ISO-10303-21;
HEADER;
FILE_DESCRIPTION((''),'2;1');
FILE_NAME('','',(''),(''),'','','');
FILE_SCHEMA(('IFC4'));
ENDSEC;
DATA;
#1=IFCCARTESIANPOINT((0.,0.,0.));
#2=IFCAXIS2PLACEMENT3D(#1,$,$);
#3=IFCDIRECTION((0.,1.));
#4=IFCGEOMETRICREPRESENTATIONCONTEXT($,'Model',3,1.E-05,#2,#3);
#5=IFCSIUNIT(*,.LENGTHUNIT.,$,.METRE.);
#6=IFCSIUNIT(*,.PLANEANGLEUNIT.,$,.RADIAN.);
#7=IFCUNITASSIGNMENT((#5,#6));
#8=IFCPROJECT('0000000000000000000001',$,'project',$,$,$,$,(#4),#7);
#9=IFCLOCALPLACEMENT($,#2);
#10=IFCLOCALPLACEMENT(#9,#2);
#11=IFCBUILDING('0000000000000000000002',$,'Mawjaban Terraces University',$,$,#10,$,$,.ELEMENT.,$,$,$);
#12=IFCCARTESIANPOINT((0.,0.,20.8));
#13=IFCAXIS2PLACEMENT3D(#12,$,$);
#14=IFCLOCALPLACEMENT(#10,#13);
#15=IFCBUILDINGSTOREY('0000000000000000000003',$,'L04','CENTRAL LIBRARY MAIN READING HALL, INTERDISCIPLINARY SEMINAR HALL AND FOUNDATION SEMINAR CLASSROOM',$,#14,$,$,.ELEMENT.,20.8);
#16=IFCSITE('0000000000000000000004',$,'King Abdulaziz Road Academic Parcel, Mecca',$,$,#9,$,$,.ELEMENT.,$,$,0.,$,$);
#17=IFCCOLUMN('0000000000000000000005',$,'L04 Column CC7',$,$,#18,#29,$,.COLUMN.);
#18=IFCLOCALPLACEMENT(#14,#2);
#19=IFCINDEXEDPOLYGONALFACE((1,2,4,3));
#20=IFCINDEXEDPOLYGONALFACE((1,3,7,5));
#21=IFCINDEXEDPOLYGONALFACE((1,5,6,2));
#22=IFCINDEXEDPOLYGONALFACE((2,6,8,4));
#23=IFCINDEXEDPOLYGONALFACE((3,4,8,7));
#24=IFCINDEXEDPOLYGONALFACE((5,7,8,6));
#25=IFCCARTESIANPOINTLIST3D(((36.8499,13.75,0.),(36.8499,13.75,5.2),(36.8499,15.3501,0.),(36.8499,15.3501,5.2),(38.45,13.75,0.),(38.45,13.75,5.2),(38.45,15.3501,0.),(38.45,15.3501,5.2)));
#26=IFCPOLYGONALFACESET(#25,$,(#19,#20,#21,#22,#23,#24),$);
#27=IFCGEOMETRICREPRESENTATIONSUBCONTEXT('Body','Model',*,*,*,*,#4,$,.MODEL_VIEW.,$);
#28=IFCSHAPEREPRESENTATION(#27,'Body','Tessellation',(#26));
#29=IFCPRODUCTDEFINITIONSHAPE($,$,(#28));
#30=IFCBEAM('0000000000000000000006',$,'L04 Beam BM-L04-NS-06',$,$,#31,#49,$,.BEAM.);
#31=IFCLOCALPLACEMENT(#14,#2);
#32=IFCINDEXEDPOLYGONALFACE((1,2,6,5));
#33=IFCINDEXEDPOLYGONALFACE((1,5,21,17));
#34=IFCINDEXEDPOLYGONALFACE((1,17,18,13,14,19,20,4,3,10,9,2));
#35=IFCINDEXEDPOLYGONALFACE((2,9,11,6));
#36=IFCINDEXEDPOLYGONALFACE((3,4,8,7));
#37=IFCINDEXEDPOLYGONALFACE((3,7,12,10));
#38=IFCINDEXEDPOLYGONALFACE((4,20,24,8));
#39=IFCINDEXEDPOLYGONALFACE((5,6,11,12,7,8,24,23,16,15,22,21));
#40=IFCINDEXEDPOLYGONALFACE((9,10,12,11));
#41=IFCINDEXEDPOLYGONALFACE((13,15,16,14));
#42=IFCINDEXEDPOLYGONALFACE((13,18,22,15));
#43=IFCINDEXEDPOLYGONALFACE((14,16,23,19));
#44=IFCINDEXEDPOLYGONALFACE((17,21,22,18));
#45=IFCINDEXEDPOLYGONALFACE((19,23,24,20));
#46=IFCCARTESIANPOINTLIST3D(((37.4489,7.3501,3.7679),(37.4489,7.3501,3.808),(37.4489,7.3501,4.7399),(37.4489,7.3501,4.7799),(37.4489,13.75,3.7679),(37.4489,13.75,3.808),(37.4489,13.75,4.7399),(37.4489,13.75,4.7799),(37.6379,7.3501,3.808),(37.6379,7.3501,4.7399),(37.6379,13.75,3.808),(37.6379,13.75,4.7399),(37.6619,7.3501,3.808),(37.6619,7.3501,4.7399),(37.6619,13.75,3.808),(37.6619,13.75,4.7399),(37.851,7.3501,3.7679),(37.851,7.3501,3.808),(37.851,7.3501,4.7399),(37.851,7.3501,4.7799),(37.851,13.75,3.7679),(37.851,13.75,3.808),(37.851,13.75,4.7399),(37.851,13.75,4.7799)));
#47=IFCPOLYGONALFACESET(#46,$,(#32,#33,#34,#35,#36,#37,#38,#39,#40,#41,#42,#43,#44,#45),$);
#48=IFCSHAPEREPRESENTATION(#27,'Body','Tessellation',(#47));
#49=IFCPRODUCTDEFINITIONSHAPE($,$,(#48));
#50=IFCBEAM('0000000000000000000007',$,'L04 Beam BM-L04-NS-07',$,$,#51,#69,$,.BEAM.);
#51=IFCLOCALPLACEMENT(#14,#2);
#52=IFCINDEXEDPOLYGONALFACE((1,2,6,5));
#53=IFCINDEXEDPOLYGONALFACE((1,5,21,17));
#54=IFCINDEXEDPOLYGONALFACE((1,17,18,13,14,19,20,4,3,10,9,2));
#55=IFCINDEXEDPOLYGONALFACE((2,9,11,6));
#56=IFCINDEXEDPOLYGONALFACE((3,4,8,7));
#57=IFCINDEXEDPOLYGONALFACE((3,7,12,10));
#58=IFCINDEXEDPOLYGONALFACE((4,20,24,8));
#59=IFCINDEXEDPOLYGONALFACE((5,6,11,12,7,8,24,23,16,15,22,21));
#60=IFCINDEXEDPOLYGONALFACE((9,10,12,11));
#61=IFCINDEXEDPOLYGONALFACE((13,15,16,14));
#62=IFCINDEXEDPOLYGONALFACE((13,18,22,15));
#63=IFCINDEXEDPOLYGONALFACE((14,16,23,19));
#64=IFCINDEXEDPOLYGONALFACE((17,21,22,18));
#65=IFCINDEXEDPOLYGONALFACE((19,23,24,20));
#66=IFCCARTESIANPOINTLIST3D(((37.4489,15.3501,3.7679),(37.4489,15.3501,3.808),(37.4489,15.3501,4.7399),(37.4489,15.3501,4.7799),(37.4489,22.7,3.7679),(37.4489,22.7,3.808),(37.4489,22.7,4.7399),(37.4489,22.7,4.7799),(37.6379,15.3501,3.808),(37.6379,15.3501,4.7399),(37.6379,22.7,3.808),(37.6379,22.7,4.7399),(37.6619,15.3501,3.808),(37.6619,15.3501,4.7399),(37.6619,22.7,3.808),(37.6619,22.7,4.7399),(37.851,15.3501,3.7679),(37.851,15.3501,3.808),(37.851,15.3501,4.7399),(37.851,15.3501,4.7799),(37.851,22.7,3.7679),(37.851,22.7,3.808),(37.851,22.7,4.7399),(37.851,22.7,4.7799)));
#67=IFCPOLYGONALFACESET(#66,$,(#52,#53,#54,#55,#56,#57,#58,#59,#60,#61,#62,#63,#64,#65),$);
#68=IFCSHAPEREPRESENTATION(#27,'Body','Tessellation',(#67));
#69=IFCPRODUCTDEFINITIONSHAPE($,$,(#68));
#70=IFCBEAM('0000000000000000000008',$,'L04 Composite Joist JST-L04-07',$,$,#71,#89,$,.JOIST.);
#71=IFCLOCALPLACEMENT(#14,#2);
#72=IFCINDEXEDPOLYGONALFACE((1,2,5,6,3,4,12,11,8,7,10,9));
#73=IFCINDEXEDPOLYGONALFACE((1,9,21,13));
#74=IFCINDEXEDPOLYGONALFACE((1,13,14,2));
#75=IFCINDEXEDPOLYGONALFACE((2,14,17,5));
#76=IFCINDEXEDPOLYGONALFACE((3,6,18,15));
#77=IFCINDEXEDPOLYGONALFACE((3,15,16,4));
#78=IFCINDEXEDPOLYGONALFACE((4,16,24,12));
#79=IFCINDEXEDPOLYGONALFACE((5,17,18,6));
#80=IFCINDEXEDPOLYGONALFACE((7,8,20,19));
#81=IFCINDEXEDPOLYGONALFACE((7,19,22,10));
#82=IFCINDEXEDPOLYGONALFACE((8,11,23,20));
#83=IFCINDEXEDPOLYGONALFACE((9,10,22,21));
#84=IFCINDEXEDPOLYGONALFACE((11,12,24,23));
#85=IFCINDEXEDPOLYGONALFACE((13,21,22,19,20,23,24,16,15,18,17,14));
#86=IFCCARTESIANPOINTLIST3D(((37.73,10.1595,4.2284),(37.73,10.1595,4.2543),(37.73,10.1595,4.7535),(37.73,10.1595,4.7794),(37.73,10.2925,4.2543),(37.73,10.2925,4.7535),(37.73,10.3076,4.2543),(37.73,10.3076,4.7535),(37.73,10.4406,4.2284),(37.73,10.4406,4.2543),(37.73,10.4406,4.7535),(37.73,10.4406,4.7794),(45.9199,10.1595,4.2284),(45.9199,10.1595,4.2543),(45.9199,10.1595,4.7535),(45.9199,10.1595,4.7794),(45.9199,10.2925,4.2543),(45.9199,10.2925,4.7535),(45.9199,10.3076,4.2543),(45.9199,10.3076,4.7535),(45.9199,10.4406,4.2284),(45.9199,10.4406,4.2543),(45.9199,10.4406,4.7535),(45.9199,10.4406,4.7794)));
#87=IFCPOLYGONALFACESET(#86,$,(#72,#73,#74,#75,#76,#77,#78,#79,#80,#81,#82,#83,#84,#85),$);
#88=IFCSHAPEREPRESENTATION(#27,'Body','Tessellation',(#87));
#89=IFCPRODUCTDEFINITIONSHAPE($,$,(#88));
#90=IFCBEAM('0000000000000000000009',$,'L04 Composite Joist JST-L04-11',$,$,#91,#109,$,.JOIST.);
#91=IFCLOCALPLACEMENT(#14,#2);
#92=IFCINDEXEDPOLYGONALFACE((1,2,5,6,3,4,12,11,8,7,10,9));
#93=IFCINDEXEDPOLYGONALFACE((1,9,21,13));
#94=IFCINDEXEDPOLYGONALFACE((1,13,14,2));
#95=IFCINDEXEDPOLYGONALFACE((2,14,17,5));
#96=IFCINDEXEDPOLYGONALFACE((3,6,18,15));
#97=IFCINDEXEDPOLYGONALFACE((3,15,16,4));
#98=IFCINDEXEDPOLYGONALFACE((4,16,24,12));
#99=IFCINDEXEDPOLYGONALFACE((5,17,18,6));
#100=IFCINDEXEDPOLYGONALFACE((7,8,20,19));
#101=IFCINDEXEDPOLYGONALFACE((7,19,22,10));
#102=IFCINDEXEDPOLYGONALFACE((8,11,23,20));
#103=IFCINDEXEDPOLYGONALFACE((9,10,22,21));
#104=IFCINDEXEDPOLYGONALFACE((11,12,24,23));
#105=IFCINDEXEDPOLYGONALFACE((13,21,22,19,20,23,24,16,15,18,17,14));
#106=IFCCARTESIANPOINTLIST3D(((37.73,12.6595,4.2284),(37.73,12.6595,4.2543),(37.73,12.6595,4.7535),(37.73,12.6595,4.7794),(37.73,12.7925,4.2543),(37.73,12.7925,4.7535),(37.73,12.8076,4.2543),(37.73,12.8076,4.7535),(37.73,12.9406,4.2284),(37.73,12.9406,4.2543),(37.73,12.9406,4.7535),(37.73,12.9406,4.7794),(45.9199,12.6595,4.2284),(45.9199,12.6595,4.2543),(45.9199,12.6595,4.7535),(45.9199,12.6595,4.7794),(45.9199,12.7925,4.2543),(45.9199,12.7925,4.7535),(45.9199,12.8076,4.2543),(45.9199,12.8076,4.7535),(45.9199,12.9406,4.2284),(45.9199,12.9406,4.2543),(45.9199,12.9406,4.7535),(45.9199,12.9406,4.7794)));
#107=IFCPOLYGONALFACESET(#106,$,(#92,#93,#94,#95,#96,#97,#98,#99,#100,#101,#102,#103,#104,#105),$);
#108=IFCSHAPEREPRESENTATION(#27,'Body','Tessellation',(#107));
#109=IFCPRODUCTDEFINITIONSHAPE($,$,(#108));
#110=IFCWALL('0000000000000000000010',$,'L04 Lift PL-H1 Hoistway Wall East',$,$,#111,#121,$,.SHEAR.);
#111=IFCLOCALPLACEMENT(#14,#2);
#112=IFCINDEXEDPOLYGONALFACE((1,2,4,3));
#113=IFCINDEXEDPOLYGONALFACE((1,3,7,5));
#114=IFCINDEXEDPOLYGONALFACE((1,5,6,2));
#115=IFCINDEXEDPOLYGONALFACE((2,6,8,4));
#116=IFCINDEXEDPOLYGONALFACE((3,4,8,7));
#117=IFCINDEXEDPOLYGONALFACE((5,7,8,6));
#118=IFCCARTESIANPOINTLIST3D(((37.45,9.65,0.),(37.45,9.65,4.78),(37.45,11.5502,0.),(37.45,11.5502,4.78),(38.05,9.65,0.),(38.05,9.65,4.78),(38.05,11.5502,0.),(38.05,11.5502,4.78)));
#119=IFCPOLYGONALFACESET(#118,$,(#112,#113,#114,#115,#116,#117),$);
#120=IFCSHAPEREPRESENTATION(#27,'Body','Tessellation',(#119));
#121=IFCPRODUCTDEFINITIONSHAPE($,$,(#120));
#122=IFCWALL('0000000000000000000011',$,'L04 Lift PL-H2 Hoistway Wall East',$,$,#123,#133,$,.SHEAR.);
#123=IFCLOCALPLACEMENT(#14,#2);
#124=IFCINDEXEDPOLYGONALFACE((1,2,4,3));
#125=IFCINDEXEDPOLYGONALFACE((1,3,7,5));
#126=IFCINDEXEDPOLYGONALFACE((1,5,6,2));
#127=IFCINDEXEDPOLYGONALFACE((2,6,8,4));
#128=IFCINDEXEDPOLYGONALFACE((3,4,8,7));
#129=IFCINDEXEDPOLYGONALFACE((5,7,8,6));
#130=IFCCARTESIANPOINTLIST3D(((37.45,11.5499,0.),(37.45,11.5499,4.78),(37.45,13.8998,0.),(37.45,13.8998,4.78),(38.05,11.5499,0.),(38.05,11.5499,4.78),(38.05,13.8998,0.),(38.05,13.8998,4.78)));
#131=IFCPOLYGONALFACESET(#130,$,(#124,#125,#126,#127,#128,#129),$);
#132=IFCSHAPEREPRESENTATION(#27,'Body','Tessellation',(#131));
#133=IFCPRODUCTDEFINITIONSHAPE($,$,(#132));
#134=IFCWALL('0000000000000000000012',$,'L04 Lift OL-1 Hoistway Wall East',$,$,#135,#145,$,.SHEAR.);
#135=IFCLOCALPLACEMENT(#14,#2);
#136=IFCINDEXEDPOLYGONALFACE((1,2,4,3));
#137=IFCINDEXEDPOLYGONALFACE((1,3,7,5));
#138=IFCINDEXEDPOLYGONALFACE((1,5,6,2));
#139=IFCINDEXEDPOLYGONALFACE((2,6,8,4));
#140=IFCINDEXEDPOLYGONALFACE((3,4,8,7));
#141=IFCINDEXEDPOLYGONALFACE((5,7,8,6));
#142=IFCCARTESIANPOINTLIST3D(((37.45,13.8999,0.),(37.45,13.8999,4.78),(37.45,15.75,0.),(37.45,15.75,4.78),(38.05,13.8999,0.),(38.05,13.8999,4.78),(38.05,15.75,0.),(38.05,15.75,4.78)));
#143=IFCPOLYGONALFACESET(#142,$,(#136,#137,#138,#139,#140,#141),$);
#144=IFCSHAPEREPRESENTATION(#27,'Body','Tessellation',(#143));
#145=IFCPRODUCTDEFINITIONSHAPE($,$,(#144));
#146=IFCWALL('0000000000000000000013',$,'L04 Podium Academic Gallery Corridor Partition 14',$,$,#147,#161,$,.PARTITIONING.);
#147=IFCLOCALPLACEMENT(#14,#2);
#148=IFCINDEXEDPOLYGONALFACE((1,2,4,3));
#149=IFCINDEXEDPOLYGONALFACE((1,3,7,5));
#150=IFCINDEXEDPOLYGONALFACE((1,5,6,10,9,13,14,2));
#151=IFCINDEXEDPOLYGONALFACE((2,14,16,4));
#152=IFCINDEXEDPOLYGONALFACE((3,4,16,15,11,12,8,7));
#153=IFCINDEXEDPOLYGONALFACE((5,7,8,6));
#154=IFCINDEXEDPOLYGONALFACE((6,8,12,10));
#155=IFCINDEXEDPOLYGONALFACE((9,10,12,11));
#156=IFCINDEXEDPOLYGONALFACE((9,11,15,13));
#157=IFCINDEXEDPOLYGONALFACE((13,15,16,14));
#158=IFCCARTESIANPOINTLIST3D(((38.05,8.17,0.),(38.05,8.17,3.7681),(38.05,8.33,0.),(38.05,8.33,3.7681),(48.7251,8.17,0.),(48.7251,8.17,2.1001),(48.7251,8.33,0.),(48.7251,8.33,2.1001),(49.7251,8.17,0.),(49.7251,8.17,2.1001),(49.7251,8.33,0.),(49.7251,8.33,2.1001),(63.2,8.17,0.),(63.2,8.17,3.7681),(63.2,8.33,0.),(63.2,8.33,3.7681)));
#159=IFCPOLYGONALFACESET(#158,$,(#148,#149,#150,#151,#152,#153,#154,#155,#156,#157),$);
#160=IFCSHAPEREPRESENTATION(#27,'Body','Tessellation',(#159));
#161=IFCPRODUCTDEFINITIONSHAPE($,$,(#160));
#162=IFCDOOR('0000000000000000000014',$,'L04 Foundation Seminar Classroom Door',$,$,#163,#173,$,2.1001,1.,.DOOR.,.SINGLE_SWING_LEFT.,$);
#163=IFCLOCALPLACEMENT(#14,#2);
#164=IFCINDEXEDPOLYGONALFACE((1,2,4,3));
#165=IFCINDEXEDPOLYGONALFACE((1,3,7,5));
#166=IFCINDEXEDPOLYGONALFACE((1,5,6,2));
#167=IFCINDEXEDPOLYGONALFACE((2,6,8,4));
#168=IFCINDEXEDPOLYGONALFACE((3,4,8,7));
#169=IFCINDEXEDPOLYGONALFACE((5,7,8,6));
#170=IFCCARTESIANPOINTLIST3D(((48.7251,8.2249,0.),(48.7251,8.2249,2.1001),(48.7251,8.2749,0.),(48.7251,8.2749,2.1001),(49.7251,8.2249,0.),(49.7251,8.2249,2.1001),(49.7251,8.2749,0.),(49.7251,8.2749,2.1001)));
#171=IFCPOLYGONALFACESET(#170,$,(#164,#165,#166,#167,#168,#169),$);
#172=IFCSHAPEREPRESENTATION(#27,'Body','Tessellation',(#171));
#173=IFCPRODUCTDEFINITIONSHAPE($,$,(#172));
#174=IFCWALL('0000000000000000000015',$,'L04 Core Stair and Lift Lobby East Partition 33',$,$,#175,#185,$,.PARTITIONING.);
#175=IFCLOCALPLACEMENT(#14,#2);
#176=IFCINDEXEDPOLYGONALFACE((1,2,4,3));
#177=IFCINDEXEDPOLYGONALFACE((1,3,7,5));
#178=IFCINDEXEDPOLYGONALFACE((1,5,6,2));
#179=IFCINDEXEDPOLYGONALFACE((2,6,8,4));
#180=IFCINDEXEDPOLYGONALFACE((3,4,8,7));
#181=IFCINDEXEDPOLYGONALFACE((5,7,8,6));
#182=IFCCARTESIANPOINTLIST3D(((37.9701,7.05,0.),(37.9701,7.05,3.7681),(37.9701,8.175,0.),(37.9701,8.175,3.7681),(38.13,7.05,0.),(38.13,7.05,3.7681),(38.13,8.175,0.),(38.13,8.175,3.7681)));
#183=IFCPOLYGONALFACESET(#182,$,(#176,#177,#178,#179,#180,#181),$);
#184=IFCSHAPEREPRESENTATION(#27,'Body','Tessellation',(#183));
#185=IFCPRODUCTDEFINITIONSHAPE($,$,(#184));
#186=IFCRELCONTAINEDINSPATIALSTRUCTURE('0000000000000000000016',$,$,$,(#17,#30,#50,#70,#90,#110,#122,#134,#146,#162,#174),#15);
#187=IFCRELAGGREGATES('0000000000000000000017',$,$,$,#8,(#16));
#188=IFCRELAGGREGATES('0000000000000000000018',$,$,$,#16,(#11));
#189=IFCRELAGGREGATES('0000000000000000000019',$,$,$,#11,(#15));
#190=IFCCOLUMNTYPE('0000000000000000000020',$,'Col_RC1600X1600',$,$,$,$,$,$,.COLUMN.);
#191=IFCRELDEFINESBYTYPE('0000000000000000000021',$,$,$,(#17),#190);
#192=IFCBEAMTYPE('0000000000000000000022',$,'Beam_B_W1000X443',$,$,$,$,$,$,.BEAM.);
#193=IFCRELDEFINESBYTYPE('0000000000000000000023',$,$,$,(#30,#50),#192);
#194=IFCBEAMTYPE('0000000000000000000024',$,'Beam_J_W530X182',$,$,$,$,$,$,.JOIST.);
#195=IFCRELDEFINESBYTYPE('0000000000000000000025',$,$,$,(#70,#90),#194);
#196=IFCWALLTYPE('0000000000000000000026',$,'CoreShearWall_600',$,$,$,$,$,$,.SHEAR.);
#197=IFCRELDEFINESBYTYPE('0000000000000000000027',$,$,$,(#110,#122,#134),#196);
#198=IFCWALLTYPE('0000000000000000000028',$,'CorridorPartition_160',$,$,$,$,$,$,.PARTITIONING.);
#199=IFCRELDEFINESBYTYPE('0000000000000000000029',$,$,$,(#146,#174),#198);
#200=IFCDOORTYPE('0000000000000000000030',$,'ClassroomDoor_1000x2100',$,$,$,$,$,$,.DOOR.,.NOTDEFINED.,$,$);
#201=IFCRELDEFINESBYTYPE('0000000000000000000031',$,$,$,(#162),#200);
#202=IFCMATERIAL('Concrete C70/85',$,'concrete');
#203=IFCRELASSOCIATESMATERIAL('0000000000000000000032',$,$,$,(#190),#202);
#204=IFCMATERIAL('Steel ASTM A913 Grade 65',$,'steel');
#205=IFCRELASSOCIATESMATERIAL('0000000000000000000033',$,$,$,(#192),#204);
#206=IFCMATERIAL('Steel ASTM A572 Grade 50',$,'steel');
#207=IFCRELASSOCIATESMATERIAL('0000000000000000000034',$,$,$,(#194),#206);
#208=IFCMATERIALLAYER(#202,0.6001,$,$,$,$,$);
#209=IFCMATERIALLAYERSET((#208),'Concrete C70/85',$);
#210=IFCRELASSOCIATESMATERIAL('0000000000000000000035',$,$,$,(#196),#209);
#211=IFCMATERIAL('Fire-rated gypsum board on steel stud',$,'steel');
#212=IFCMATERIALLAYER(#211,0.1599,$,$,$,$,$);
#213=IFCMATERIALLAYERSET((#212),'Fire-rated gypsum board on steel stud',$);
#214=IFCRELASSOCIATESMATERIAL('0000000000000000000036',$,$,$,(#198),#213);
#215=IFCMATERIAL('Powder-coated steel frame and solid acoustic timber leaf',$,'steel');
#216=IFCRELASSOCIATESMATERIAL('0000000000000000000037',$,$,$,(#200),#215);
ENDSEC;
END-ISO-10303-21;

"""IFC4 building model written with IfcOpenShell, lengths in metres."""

from ifc_helpers import new_model, si_unit, direction, frame, frame_2d, origin, origin_2d, place, context, subcontext, project, spatial, rectangle, i_section, extrude, material, layer, layer_set, material_profile, profile_set, type_object, element, fill, save


model = new_model("IFC4")

# Units and contexts
model_context = context("Model", 3, precision=1e-05, world=origin(), true_north=direction((0.0, 1.0)))
body_context = subcontext(model_context, "Body", "Model", "MODEL_VIEW")
ifc_project = project(units=[si_unit("LENGTHUNIT", "METRE"), si_unit("PLANEANGLEUNIT", "RADIAN")], contexts=[model_context])

# Site, building, storey
site_placement = place(None, origin())
site = spatial("IfcSite", under=ifc_project, at=site_placement, Name="King Abdulaziz Road Academic Parcel, Mecca", CompositionType="ELEMENT", RefElevation=0.0)
building_placement = place(site_placement, origin())
building = spatial("IfcBuilding", under=site, at=building_placement, Name="Mawjaban Terraces University", CompositionType="ELEMENT")
storey_placement = place(building_placement, frame((0.0, 0.0, 20.8)))
storey = spatial("IfcBuildingStorey", under=building, at=storey_placement, Name="L04", Description="CENTRAL LIBRARY MAIN READING HALL, INTERDISCIPLINARY SEMINAR HALL AND FOUNDATION SEMINAR CLASSROOM", CompositionType="ELEMENT", Elevation=20.8)

# Column
ifc_material_1 = material(Name="Concrete C70/85", Category="concrete")
ifc_material_profile_1 = material_profile(ifc_material_1, rectangle(XDim=1.6001, YDim=1.6001, at=origin_2d()), Name="RC1600X1600")
ifc_profile_set_1 = profile_set([ifc_material_profile_1], Name="Concrete C70/85")
column_type = type_object("IfcColumnType", Name="Col_RC1600X1600", PredefinedType="COLUMN", material=ifc_profile_set_1)
column_placement = place(storey_placement, frame((37.6499, 14.55, 0.0), z_axis=(0.0, 0.0, 1.0), x_axis=(1.0, 0.0, 0.0)))
element("IfcColumn", 1, at=column_placement, inside=storey, type_object=column_type, Name="L04 Column CC7", PredefinedType="COLUMN", context=body_context, shape_type="SweptSolid", body=[
    extrude(rectangle(XDim=1.6001, YDim=1.6001, at=origin_2d()), origin(), (0.0, 0.0, 1.0), 5.2),
])

# Beams
ifc_material_2 = material(Name="Steel ASTM A913 Grade 65", Category="steel")
ifc_material_profile_2 = material_profile(ifc_material_2, i_section(OverallWidth=0.4021, OverallDepth=1.012, WebThickness=0.0239, FlangeThickness=0.04, at=origin_2d()), Name="W1000X443")
ifc_profile_set_2 = profile_set([ifc_material_profile_2], Name="Steel ASTM A913 Grade 65")
beam_type_1 = type_object("IfcBeamType", Name="Beam_B_W1000X443", PredefinedType="BEAM", material=ifc_profile_set_2)
beam_1_placement = place(storey_placement, frame((37.6499, 7.3501, 4.2739), z_axis=(0.0, 1.0, 0.0), x_axis=(-1.0, 0.0, 0.0)))
element("IfcBeam", 2, at=beam_1_placement, inside=storey, type_object=beam_type_1, Name="L04 Beam BM-L04-NS-06", PredefinedType="BEAM", context=body_context, shape_type="SweptSolid", body=[
    extrude(i_section(OverallWidth=0.4021, OverallDepth=1.012, WebThickness=0.0239, FlangeThickness=0.04, at=origin_2d()), origin(), (0.0, 0.0, 1.0), 6.3999),
])
beam_2_placement = place(storey_placement, frame((37.6499, 15.3501, 4.2739), z_axis=(0.0, 1.0, 0.0), x_axis=(-1.0, 0.0, 0.0)))
element("IfcBeam", 3, at=beam_2_placement, inside=storey, type_object=beam_type_1, Name="L04 Beam BM-L04-NS-07", PredefinedType="BEAM", context=body_context, shape_type="SweptSolid", body=[
    extrude(i_section(OverallWidth=0.4021, OverallDepth=1.012, WebThickness=0.0239, FlangeThickness=0.04, at=origin_2d()), origin(), (0.0, 0.0, 1.0), 7.3499),
])
ifc_material_3 = material(Name="Steel ASTM A572 Grade 50", Category="steel")
ifc_material_profile_3 = material_profile(ifc_material_3, i_section(OverallWidth=0.281, OverallDepth=0.551, WebThickness=0.0151, FlangeThickness=0.0259, at=origin_2d()), Name="W530X182")
ifc_profile_set_3 = profile_set([ifc_material_profile_3], Name="Steel ASTM A572 Grade 50")
beam_type_2 = type_object("IfcBeamType", Name="Beam_J_W530X182", PredefinedType="JOIST", material=ifc_profile_set_3)
for number, where, z_axis, x_axis, name in (
    (4, (37.73, 10.3, 4.5039), (1.0, 0.0, 0.0), (0.0, 1.0, 0.0), "L04 Composite Joist JST-L04-07"),
    (5, (37.73, 12.8, 4.5039), (1.0, 0.0, 0.0), (0.0, 1.0, 0.0), "L04 Composite Joist JST-L04-11"),
):
    element("IfcBeam", number, at=place(storey_placement, frame(where, z_axis=z_axis, x_axis=x_axis)), inside=storey, type_object=beam_type_2, Name=name, PredefinedType="JOIST", context=body_context, shape_type="SweptSolid", body=[
        extrude(i_section(OverallWidth=0.281, OverallDepth=0.551, WebThickness=0.0151, FlangeThickness=0.0259, at=origin_2d()), origin(), (0.0, 0.0, 1.0), 8.1899),
    ])

# Walls
ifc_layer_1 = layer(ifc_material_1, 0.6001)
ifc_layer_set_1 = layer_set([ifc_layer_1], Name="Concrete C70/85")
wall_type_1 = type_object("IfcWallType", Name="CoreShearWall_600", PredefinedType="SHEAR", material=ifc_layer_set_1)
wall_1_placement = place(storey_placement, frame((37.75, 9.6499, 0.0), z_axis=(0.0, 0.0, 1.0), x_axis=(0.0, 1.0, 0.0)))
element("IfcWall", 6, at=wall_1_placement, inside=storey, type_object=wall_type_1, Name="L04 Lift PL-H1 Hoistway Wall East", PredefinedType="SHEAR", context=body_context, shape_type="SweptSolid", body=[
    extrude(rectangle(XDim=1.9001, YDim=0.6001, at=frame_2d((0.9502, 0.0))), origin(), (0.0, 0.0, 1.0), 4.78),
])
wall_2_placement = place(storey_placement, frame((37.75, 11.55, 0.0), z_axis=(0.0, 0.0, 1.0), x_axis=(0.0, 1.0, 0.0)))
element("IfcWall", 7, at=wall_2_placement, inside=storey, type_object=wall_type_1, Name="L04 Lift PL-H2 Hoistway Wall East", PredefinedType="SHEAR", context=body_context, shape_type="SweptSolid", body=[
    extrude(rectangle(XDim=2.3499, YDim=0.6001, at=frame_2d((1.1748, 0.0))), origin(), (0.0, 0.0, 1.0), 4.78),
])
wall_3_placement = place(storey_placement, frame((37.75, 13.8999, 0.0), z_axis=(0.0, 0.0, 1.0), x_axis=(0.0, 1.0, 0.0)))
element("IfcWall", 8, at=wall_3_placement, inside=storey, type_object=wall_type_1, Name="L04 Lift OL-1 Hoistway Wall East", PredefinedType="SHEAR", context=body_context, shape_type="SweptSolid", body=[
    extrude(rectangle(XDim=1.8501, YDim=0.6001, at=frame_2d((0.925, 0.0))), origin(), (0.0, 0.0, 1.0), 4.78),
])

# Wall, opening, door
ifc_material_4 = material(Name="Fire-rated gypsum board on steel stud", Category="steel")
ifc_layer_2 = layer(ifc_material_4, 0.1599)
ifc_layer_set_2 = layer_set([ifc_layer_2], Name="Fire-rated gypsum board on steel stud")
wall_type_2 = type_object("IfcWallType", Name="CorridorPartition_160", PredefinedType="PARTITIONING", material=ifc_layer_set_2)
wall_4_placement = place(storey_placement, frame((38.05, 8.25, 0.0), z_axis=(0.0, 0.0, 1.0), x_axis=(1.0, 0.0, 0.0)))
wall_4 = element("IfcWall", 9, at=wall_4_placement, inside=storey, type_object=wall_type_2, Name="L04 Podium Academic Gallery Corridor Partition 14", PredefinedType="PARTITIONING", context=body_context, shape_type="SweptSolid", body=[
    extrude(rectangle(XDim=25.1499, YDim=0.1599, at=frame_2d((12.575, 0.0))), origin(), (0.0, 0.0, 1.0), 3.7681),
])
opening_1_placement = place(wall_4_placement, frame((10.675, 0.0, 0.0)))
opening_1 = element("IfcOpeningElement", 10, at=opening_1_placement, cuts=wall_4, PredefinedType="OPENING", context=body_context, shape_type="SweptSolid", body=[
    extrude(rectangle(XDim=1.0, YDim=2.1001, at=frame_2d((0.5, 1.05))), frame((0.0, 0.0898, 0.0), z_axis=(0.0, -1.0, 0.0), x_axis=(1.0, 0.0, 0.0)), (0.0, 0.0, 1.0), 0.1799),
])
ifc_material_5 = material(Name="Powder-coated steel frame and solid acoustic timber leaf", Category="steel")
door_type_1 = type_object("IfcDoorType", Name="ClassroomDoor_1000x2100", OperationType="NOTDEFINED", PredefinedType="DOOR", material=ifc_material_5)
door_1_placement = place(opening_1_placement, origin())
door_1 = element("IfcDoor", 11, at=door_1_placement, inside=storey, type_object=door_type_1, Name="L04 Foundation Seminar Classroom Door", OperationType="SINGLE_SWING_LEFT", OverallHeight=2.1001, OverallWidth=1.0, PredefinedType="DOOR", context=body_context, shape_type="SweptSolid", body=[
    extrude(rectangle(XDim=1.0, YDim=2.1001, at=frame_2d((0.5, 1.05))), frame((0.0, 0.0249, 0.0), z_axis=(0.0, -1.0, 0.0), x_axis=(1.0, 0.0, 0.0)), (0.0, 0.0, 1.0), 0.05),
])
fill(opening_1, door_1)

# Wall
wall_5_placement = place(storey_placement, frame((38.05, 7.05, 0.0), z_axis=(0.0, 0.0, 1.0), x_axis=(0.0, 1.0, 0.0)))
element("IfcWall", 12, at=wall_5_placement, inside=storey, type_object=wall_type_2, Name="L04 Core Stair and Lift Lobby East Partition 33", PredefinedType="PARTITIONING", context=body_context, shape_type="SweptSolid", body=[
    extrude(rectangle(XDim=1.125, YDim=0.1599, at=frame_2d((0.5625, 0.0))), origin(), (0.0, 0.0, 1.0), 3.7681),
])

save(model, "model.ifc")
